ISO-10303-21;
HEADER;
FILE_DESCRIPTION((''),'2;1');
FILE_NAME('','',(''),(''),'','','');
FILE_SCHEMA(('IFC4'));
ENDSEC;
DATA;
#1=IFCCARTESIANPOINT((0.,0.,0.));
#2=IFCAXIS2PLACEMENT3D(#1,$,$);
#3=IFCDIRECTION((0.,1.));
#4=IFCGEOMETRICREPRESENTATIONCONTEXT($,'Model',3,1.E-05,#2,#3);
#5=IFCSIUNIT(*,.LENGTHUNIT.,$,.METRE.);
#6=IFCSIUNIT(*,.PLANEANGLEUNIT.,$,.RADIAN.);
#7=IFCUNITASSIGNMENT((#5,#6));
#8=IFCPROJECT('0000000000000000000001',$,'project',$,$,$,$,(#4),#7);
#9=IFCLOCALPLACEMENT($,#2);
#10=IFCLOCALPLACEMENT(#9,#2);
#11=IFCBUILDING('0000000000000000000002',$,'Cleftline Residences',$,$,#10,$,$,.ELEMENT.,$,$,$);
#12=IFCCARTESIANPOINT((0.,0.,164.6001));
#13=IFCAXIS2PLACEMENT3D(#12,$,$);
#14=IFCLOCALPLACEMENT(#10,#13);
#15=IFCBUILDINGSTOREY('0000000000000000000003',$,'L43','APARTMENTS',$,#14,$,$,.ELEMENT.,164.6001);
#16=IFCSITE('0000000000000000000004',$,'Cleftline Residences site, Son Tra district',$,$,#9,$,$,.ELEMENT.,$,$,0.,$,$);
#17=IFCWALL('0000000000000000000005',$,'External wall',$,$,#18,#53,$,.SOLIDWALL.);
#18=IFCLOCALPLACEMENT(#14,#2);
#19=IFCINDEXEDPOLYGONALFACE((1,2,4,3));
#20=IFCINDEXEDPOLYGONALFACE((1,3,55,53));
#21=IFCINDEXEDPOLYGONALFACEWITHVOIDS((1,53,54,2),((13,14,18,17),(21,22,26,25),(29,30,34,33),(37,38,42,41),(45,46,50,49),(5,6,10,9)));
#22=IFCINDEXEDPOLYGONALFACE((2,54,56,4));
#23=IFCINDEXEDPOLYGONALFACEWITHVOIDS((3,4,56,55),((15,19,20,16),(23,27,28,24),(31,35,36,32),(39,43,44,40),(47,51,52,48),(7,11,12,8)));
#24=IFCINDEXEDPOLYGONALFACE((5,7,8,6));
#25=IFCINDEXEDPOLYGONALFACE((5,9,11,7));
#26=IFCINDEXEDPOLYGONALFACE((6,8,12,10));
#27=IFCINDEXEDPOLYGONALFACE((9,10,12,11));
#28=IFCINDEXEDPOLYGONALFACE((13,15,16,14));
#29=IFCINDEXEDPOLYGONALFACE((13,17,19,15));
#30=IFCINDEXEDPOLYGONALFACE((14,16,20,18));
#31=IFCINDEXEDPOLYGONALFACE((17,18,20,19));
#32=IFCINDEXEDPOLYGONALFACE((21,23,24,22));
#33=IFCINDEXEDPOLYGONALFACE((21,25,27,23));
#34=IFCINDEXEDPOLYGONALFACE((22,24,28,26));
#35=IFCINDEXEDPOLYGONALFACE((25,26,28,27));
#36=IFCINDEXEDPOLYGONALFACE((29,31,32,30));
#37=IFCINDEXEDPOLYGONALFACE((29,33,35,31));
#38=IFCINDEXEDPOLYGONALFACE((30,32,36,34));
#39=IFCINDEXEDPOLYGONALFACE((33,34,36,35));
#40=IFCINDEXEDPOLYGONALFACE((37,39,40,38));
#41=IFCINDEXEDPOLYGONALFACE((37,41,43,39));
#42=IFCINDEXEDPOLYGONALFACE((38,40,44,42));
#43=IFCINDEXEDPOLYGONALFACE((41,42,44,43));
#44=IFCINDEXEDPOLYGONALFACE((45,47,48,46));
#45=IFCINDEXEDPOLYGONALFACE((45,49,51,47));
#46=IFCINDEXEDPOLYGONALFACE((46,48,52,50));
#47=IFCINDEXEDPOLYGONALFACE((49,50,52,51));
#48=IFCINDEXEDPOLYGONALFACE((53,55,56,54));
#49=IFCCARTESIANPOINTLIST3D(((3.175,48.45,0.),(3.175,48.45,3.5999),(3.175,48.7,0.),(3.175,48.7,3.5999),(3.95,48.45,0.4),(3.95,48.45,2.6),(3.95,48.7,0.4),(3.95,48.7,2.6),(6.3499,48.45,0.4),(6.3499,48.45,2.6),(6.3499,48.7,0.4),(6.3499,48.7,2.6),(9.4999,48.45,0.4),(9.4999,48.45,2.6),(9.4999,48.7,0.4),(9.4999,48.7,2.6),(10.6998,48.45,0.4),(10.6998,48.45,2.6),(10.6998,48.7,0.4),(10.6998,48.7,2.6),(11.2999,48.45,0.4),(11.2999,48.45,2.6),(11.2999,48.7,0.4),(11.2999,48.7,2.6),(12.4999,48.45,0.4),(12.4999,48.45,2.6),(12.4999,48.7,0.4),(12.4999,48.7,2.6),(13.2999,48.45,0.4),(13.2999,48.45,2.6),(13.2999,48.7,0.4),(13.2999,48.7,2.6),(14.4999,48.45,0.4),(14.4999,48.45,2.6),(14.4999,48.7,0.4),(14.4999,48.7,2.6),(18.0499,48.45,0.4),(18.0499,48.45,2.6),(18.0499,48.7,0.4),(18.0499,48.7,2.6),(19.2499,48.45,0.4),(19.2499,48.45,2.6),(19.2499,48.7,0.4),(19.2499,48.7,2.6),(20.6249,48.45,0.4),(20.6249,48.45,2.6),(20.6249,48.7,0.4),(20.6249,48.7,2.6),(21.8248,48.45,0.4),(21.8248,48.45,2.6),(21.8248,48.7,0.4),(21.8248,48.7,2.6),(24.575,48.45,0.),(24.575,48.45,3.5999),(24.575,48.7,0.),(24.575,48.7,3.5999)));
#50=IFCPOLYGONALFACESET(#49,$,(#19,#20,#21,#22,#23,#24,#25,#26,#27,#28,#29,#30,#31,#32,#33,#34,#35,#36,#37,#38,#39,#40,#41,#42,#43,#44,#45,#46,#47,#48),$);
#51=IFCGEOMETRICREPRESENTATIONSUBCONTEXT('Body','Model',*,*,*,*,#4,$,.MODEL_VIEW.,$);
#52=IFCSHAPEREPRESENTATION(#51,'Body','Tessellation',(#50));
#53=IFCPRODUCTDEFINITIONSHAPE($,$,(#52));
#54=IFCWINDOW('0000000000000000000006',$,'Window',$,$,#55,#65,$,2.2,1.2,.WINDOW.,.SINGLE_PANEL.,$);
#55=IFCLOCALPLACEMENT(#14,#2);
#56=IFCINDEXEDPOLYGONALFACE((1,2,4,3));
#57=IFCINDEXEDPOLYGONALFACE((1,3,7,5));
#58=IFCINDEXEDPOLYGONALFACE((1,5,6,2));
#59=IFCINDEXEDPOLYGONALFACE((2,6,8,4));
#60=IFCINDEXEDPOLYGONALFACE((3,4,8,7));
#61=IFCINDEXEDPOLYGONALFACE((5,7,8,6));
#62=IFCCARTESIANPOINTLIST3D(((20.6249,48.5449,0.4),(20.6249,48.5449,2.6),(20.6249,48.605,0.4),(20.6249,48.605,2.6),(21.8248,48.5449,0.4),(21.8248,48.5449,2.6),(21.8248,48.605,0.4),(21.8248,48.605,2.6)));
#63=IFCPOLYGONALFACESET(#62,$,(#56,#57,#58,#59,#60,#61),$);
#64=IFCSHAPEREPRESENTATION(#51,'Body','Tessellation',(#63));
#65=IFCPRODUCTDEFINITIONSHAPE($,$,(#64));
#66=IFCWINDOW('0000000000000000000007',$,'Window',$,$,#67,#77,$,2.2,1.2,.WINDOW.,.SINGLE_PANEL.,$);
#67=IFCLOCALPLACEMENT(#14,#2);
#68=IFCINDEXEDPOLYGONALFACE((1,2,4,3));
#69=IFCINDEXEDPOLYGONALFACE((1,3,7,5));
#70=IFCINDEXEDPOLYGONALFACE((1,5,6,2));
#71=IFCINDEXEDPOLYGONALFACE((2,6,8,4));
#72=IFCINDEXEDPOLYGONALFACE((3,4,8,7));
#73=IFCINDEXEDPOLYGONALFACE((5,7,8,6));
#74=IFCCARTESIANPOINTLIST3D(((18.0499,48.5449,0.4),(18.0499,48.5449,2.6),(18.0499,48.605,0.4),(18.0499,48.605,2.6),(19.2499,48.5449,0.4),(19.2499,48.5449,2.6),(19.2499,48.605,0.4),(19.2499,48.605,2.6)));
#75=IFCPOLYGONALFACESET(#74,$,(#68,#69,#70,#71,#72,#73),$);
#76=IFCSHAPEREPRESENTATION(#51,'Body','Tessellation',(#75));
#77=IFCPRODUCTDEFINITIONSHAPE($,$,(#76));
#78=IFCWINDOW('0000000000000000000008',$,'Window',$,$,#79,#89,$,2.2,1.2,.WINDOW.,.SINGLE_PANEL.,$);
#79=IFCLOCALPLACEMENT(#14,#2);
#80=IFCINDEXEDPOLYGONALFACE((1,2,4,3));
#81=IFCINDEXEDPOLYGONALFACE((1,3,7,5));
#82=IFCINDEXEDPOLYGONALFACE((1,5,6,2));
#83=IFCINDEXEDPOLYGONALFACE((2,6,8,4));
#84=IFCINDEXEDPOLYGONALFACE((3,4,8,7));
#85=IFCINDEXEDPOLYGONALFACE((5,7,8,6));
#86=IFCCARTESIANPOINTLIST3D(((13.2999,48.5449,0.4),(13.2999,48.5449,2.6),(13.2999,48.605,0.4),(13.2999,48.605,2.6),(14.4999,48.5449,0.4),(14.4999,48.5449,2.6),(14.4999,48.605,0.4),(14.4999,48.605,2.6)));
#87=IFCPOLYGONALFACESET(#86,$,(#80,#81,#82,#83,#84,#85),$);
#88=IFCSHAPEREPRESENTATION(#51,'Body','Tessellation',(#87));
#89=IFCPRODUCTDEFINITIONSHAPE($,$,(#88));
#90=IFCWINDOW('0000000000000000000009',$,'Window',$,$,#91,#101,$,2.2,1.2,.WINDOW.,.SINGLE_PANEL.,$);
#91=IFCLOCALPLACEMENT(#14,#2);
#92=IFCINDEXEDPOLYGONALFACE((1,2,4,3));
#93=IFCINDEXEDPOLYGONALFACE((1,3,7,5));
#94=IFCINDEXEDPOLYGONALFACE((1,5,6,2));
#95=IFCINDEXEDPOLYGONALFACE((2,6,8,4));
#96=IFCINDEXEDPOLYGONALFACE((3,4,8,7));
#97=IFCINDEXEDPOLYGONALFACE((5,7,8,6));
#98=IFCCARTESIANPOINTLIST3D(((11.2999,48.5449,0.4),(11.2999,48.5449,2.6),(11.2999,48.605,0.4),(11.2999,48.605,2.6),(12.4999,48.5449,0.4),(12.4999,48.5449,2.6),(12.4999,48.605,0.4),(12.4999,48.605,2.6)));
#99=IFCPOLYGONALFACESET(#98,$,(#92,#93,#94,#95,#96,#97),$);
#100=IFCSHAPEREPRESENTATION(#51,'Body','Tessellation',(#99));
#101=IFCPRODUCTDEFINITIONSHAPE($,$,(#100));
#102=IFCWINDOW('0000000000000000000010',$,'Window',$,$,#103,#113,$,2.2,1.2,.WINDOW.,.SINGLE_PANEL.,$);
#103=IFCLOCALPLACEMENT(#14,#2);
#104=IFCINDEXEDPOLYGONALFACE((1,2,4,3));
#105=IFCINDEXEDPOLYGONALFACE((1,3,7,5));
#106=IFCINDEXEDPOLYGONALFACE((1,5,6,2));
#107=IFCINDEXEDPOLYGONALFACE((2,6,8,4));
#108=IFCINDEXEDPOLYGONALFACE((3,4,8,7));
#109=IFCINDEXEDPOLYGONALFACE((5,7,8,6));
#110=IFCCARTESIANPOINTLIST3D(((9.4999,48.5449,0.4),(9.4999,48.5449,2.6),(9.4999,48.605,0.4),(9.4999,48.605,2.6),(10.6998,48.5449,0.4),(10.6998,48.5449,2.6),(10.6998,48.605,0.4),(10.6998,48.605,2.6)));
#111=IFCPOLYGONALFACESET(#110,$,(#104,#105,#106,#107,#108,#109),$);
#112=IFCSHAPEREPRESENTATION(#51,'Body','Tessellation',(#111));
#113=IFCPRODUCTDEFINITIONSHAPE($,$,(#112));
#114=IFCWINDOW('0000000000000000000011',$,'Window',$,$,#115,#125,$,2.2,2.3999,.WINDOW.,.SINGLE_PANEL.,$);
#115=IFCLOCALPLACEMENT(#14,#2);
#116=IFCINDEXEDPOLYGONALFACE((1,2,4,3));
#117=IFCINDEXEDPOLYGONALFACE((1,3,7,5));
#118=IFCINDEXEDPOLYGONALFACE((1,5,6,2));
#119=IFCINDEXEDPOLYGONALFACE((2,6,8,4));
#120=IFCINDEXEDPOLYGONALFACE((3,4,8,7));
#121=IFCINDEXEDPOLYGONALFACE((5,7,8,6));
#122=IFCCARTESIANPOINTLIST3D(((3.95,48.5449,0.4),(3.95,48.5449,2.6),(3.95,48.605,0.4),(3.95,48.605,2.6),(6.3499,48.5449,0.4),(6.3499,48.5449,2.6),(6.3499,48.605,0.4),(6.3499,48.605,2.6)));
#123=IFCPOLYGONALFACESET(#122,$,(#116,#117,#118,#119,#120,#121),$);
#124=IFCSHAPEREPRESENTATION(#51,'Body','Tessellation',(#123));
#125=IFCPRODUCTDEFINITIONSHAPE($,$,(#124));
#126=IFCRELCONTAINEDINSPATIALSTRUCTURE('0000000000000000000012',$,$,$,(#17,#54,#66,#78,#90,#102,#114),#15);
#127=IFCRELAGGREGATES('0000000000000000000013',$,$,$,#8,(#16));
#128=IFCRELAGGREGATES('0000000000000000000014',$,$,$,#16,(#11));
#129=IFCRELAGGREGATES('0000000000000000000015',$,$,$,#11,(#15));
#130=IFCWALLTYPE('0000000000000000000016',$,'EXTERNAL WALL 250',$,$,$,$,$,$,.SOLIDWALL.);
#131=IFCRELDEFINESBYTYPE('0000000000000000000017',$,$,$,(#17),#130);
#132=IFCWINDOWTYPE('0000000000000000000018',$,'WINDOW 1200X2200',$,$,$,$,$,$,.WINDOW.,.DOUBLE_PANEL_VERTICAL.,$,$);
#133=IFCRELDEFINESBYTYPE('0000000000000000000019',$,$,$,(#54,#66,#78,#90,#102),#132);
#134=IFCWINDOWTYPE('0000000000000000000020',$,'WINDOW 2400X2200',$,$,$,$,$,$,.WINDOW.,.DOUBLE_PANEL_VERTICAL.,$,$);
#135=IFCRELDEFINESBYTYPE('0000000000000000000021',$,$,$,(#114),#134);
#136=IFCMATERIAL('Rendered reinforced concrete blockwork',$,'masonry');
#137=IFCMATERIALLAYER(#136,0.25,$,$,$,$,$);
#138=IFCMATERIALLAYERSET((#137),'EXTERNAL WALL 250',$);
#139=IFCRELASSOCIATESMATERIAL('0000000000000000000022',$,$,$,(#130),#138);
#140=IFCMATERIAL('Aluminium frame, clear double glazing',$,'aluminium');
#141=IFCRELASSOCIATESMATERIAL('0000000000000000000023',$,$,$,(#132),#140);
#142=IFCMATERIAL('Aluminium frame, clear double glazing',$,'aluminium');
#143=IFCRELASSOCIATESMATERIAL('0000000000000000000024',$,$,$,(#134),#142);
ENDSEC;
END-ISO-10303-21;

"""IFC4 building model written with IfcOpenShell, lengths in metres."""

from ifc_helpers import new_model, si_unit, direction, frame, frame_2d, origin, place, context, subcontext, project, spatial, rectangle, extrude, material, layer, layer_set, type_object, element, fill, save


model = new_model("IFC4")

# Units and contexts
model_context = context("Model", 3, precision=1e-05, world=origin(), true_north=direction((0.0, 1.0)))
body_context = subcontext(model_context, "Body", "Model", "MODEL_VIEW")
ifc_project = project(units=[si_unit("LENGTHUNIT", "METRE"), si_unit("PLANEANGLEUNIT", "RADIAN")], contexts=[model_context])

# Site, building, storey
site_placement = place(None, origin())
site = spatial("IfcSite", under=ifc_project, at=site_placement, Name="Cleftline Residences site, Son Tra district", CompositionType="ELEMENT", RefElevation=0.0)
building_placement = place(site_placement, origin())
building = spatial("IfcBuilding", under=site, at=building_placement, Name="Cleftline Residences", CompositionType="ELEMENT")
storey_placement = place(building_placement, frame((0.0, 0.0, 164.6001)))
storey = spatial("IfcBuildingStorey", under=building, at=storey_placement, Name="L43", Description="APARTMENTS", CompositionType="ELEMENT", Elevation=164.6001)

# Wall, openings, windows
ifc_material_1 = material(Name="Rendered reinforced concrete blockwork", Category="masonry")
ifc_layer_1 = layer(ifc_material_1, 0.25)
ifc_layer_set_1 = layer_set([ifc_layer_1], Name="EXTERNAL WALL 250")
wall_type = type_object("IfcWallType", Name="EXTERNAL WALL 250", PredefinedType="SOLIDWALL", material=ifc_layer_set_1)
wall_placement = place(storey_placement, frame((24.575, 48.575, 0.0), z_axis=(0.0, 0.0, 1.0), x_axis=(-1.0, 0.0, 0.0)))
wall = element("IfcWall", 1, at=wall_placement, inside=storey, type_object=wall_type, Name="External wall", PredefinedType="SOLIDWALL", context=body_context, shape_type="SweptSolid", body=[
    extrude(rectangle(XDim=21.3999, YDim=0.25, at=frame_2d((10.7, 0.0))), origin(), (0.0, 0.0, 1.0), 3.5999),
])
opening_1_placement = place(wall_placement, frame((2.75, 0.0, 0.3999)))
opening_1 = element("IfcOpeningElement", 2, at=opening_1_placement, cuts=wall, PredefinedType="OPENING", context=body_context, shape_type="SweptSolid", body=[
    extrude(rectangle(XDim=1.2, YDim=2.2, at=frame_2d((0.6001, 1.1001))), frame((0.0, 0.135, 0.0), z_axis=(0.0, -1.0, 0.0), x_axis=(1.0, 0.0, 0.0)), (0.0, 0.0, 1.0), 0.27),
])
opening_2_placement = place(wall_placement, frame((5.325, 0.0, 0.3999)))
opening_2 = element("IfcOpeningElement", 3, at=opening_2_placement, cuts=wall, PredefinedType="OPENING", context=body_context, shape_type="SweptSolid", body=[
    extrude(rectangle(XDim=1.2, YDim=2.2, at=frame_2d((0.6001, 1.1001))), frame((0.0, 0.135, 0.0), z_axis=(0.0, -1.0, 0.0), x_axis=(1.0, 0.0, 0.0)), (0.0, 0.0, 1.0), 0.27),
])
opening_3_placement = place(wall_placement, frame((10.075, 0.0, 0.3999)))
opening_3 = element("IfcOpeningElement", 4, at=opening_3_placement, cuts=wall, PredefinedType="OPENING", context=body_context, shape_type="SweptSolid", body=[
    extrude(rectangle(XDim=1.2, YDim=2.2, at=frame_2d((0.6001, 1.1001))), frame((0.0, 0.135, 0.0), z_axis=(0.0, -1.0, 0.0), x_axis=(1.0, 0.0, 0.0)), (0.0, 0.0, 1.0), 0.27),
])
opening_4_placement = place(wall_placement, frame((12.075, 0.0, 0.3999)))
opening_4 = element("IfcOpeningElement", 5, at=opening_4_placement, cuts=wall, PredefinedType="OPENING", context=body_context, shape_type="SweptSolid", body=[
    extrude(rectangle(XDim=1.2, YDim=2.2, at=frame_2d((0.6001, 1.1001))), frame((0.0, 0.135, 0.0), z_axis=(0.0, -1.0, 0.0), x_axis=(1.0, 0.0, 0.0)), (0.0, 0.0, 1.0), 0.27),
])
opening_5_placement = place(wall_placement, frame((13.875, 0.0, 0.3999)))
opening_5 = element("IfcOpeningElement", 6, at=opening_5_placement, cuts=wall, PredefinedType="OPENING", context=body_context, shape_type="SweptSolid", body=[
    extrude(rectangle(XDim=1.2, YDim=2.2, at=frame_2d((0.6001, 1.1001))), frame((0.0, 0.135, 0.0), z_axis=(0.0, -1.0, 0.0), x_axis=(1.0, 0.0, 0.0)), (0.0, 0.0, 1.0), 0.27),
])
opening_6_placement = place(wall_placement, frame((18.2251, 0.0, 0.3999)))
opening_6 = element("IfcOpeningElement", 7, at=opening_6_placement, cuts=wall, PredefinedType="OPENING", context=body_context, shape_type="SweptSolid", body=[
    extrude(rectangle(XDim=2.3999, YDim=2.2, at=frame_2d((1.2, 1.1001))), frame((0.0, 0.135, 0.0), z_axis=(0.0, -1.0, 0.0), x_axis=(1.0, 0.0, 0.0)), (0.0, 0.0, 1.0), 0.27),
])
ifc_material_2 = material(Name="Aluminium frame, clear double glazing", Category="aluminium")
window_type_1 = type_object("IfcWindowType", Name="WINDOW 1200X2200", PartitioningType="DOUBLE_PANEL_VERTICAL", PredefinedType="WINDOW", material=ifc_material_2)
window_1_placement = place(opening_1_placement, origin())
window_1 = element("IfcWindow", 8, at=window_1_placement, inside=storey, type_object=window_type_1, Name="Window", OverallHeight=2.2, OverallWidth=1.2, PartitioningType="SINGLE_PANEL", PredefinedType="WINDOW", context=body_context, shape_type="SweptSolid", body=[
    extrude(rectangle(XDim=1.2, YDim=2.2, at=frame_2d((0.6001, 1.1001))), frame((0.0, 0.03, 0.0), z_axis=(0.0, -1.0, 0.0), x_axis=(1.0, 0.0, 0.0)), (0.0, 0.0, 1.0), 0.0601),
])
fill(opening_1, window_1)
window_2_placement = place(opening_2_placement, origin())
window_2 = element("IfcWindow", 9, at=window_2_placement, inside=storey, type_object=window_type_1, Name="Window", OverallHeight=2.2, OverallWidth=1.2, PartitioningType="SINGLE_PANEL", PredefinedType="WINDOW", context=body_context, shape_type="SweptSolid", body=[
    extrude(rectangle(XDim=1.2, YDim=2.2, at=frame_2d((0.6001, 1.1001))), frame((0.0, 0.03, 0.0), z_axis=(0.0, -1.0, 0.0), x_axis=(1.0, 0.0, 0.0)), (0.0, 0.0, 1.0), 0.0601),
])
fill(opening_2, window_2)
window_3_placement = place(opening_3_placement, origin())
window_3 = element("IfcWindow", 10, at=window_3_placement, inside=storey, type_object=window_type_1, Name="Window", OverallHeight=2.2, OverallWidth=1.2, PartitioningType="SINGLE_PANEL", PredefinedType="WINDOW", context=body_context, shape_type="SweptSolid", body=[
    extrude(rectangle(XDim=1.2, YDim=2.2, at=frame_2d((0.6001, 1.1001))), frame((0.0, 0.03, 0.0), z_axis=(0.0, -1.0, 0.0), x_axis=(1.0, 0.0, 0.0)), (0.0, 0.0, 1.0), 0.0601),
])
fill(opening_3, window_3)
window_4_placement = place(opening_4_placement, origin())
window_4 = element("IfcWindow", 11, at=window_4_placement, inside=storey, type_object=window_type_1, Name="Window", OverallHeight=2.2, OverallWidth=1.2, PartitioningType="SINGLE_PANEL", PredefinedType="WINDOW", context=body_context, shape_type="SweptSolid", body=[
    extrude(rectangle(XDim=1.2, YDim=2.2, at=frame_2d((0.6001, 1.1001))), frame((0.0, 0.03, 0.0), z_axis=(0.0, -1.0, 0.0), x_axis=(1.0, 0.0, 0.0)), (0.0, 0.0, 1.0), 0.0601),
])
fill(opening_4, window_4)
window_5_placement = place(opening_5_placement, origin())
window_5 = element("IfcWindow", 12, at=window_5_placement, inside=storey, type_object=window_type_1, Name="Window", OverallHeight=2.2, OverallWidth=1.2, PartitioningType="SINGLE_PANEL", PredefinedType="WINDOW", context=body_context, shape_type="SweptSolid", body=[
    extrude(rectangle(XDim=1.2, YDim=2.2, at=frame_2d((0.6001, 1.1001))), frame((0.0, 0.03, 0.0), z_axis=(0.0, -1.0, 0.0), x_axis=(1.0, 0.0, 0.0)), (0.0, 0.0, 1.0), 0.0601),
])
fill(opening_5, window_5)
ifc_material_3 = material(Name="Aluminium frame, clear double glazing", Category="aluminium")
window_type_2 = type_object("IfcWindowType", Name="WINDOW 2400X2200", PartitioningType="DOUBLE_PANEL_VERTICAL", PredefinedType="WINDOW", material=ifc_material_3)
window_6_placement = place(opening_6_placement, origin())
window_6 = element("IfcWindow", 13, at=window_6_placement, inside=storey, type_object=window_type_2, Name="Window", OverallHeight=2.2, OverallWidth=2.3999, PartitioningType="SINGLE_PANEL", PredefinedType="WINDOW", context=body_context, shape_type="SweptSolid", body=[
    extrude(rectangle(XDim=2.3999, YDim=2.2, at=frame_2d((1.2, 1.1001))), frame((0.0, 0.03, 0.0), z_axis=(0.0, -1.0, 0.0), x_axis=(1.0, 0.0, 0.0)), (0.0, 0.0, 1.0), 0.0601),
])
fill(opening_6, window_6)

save(model, "model.ifc")
